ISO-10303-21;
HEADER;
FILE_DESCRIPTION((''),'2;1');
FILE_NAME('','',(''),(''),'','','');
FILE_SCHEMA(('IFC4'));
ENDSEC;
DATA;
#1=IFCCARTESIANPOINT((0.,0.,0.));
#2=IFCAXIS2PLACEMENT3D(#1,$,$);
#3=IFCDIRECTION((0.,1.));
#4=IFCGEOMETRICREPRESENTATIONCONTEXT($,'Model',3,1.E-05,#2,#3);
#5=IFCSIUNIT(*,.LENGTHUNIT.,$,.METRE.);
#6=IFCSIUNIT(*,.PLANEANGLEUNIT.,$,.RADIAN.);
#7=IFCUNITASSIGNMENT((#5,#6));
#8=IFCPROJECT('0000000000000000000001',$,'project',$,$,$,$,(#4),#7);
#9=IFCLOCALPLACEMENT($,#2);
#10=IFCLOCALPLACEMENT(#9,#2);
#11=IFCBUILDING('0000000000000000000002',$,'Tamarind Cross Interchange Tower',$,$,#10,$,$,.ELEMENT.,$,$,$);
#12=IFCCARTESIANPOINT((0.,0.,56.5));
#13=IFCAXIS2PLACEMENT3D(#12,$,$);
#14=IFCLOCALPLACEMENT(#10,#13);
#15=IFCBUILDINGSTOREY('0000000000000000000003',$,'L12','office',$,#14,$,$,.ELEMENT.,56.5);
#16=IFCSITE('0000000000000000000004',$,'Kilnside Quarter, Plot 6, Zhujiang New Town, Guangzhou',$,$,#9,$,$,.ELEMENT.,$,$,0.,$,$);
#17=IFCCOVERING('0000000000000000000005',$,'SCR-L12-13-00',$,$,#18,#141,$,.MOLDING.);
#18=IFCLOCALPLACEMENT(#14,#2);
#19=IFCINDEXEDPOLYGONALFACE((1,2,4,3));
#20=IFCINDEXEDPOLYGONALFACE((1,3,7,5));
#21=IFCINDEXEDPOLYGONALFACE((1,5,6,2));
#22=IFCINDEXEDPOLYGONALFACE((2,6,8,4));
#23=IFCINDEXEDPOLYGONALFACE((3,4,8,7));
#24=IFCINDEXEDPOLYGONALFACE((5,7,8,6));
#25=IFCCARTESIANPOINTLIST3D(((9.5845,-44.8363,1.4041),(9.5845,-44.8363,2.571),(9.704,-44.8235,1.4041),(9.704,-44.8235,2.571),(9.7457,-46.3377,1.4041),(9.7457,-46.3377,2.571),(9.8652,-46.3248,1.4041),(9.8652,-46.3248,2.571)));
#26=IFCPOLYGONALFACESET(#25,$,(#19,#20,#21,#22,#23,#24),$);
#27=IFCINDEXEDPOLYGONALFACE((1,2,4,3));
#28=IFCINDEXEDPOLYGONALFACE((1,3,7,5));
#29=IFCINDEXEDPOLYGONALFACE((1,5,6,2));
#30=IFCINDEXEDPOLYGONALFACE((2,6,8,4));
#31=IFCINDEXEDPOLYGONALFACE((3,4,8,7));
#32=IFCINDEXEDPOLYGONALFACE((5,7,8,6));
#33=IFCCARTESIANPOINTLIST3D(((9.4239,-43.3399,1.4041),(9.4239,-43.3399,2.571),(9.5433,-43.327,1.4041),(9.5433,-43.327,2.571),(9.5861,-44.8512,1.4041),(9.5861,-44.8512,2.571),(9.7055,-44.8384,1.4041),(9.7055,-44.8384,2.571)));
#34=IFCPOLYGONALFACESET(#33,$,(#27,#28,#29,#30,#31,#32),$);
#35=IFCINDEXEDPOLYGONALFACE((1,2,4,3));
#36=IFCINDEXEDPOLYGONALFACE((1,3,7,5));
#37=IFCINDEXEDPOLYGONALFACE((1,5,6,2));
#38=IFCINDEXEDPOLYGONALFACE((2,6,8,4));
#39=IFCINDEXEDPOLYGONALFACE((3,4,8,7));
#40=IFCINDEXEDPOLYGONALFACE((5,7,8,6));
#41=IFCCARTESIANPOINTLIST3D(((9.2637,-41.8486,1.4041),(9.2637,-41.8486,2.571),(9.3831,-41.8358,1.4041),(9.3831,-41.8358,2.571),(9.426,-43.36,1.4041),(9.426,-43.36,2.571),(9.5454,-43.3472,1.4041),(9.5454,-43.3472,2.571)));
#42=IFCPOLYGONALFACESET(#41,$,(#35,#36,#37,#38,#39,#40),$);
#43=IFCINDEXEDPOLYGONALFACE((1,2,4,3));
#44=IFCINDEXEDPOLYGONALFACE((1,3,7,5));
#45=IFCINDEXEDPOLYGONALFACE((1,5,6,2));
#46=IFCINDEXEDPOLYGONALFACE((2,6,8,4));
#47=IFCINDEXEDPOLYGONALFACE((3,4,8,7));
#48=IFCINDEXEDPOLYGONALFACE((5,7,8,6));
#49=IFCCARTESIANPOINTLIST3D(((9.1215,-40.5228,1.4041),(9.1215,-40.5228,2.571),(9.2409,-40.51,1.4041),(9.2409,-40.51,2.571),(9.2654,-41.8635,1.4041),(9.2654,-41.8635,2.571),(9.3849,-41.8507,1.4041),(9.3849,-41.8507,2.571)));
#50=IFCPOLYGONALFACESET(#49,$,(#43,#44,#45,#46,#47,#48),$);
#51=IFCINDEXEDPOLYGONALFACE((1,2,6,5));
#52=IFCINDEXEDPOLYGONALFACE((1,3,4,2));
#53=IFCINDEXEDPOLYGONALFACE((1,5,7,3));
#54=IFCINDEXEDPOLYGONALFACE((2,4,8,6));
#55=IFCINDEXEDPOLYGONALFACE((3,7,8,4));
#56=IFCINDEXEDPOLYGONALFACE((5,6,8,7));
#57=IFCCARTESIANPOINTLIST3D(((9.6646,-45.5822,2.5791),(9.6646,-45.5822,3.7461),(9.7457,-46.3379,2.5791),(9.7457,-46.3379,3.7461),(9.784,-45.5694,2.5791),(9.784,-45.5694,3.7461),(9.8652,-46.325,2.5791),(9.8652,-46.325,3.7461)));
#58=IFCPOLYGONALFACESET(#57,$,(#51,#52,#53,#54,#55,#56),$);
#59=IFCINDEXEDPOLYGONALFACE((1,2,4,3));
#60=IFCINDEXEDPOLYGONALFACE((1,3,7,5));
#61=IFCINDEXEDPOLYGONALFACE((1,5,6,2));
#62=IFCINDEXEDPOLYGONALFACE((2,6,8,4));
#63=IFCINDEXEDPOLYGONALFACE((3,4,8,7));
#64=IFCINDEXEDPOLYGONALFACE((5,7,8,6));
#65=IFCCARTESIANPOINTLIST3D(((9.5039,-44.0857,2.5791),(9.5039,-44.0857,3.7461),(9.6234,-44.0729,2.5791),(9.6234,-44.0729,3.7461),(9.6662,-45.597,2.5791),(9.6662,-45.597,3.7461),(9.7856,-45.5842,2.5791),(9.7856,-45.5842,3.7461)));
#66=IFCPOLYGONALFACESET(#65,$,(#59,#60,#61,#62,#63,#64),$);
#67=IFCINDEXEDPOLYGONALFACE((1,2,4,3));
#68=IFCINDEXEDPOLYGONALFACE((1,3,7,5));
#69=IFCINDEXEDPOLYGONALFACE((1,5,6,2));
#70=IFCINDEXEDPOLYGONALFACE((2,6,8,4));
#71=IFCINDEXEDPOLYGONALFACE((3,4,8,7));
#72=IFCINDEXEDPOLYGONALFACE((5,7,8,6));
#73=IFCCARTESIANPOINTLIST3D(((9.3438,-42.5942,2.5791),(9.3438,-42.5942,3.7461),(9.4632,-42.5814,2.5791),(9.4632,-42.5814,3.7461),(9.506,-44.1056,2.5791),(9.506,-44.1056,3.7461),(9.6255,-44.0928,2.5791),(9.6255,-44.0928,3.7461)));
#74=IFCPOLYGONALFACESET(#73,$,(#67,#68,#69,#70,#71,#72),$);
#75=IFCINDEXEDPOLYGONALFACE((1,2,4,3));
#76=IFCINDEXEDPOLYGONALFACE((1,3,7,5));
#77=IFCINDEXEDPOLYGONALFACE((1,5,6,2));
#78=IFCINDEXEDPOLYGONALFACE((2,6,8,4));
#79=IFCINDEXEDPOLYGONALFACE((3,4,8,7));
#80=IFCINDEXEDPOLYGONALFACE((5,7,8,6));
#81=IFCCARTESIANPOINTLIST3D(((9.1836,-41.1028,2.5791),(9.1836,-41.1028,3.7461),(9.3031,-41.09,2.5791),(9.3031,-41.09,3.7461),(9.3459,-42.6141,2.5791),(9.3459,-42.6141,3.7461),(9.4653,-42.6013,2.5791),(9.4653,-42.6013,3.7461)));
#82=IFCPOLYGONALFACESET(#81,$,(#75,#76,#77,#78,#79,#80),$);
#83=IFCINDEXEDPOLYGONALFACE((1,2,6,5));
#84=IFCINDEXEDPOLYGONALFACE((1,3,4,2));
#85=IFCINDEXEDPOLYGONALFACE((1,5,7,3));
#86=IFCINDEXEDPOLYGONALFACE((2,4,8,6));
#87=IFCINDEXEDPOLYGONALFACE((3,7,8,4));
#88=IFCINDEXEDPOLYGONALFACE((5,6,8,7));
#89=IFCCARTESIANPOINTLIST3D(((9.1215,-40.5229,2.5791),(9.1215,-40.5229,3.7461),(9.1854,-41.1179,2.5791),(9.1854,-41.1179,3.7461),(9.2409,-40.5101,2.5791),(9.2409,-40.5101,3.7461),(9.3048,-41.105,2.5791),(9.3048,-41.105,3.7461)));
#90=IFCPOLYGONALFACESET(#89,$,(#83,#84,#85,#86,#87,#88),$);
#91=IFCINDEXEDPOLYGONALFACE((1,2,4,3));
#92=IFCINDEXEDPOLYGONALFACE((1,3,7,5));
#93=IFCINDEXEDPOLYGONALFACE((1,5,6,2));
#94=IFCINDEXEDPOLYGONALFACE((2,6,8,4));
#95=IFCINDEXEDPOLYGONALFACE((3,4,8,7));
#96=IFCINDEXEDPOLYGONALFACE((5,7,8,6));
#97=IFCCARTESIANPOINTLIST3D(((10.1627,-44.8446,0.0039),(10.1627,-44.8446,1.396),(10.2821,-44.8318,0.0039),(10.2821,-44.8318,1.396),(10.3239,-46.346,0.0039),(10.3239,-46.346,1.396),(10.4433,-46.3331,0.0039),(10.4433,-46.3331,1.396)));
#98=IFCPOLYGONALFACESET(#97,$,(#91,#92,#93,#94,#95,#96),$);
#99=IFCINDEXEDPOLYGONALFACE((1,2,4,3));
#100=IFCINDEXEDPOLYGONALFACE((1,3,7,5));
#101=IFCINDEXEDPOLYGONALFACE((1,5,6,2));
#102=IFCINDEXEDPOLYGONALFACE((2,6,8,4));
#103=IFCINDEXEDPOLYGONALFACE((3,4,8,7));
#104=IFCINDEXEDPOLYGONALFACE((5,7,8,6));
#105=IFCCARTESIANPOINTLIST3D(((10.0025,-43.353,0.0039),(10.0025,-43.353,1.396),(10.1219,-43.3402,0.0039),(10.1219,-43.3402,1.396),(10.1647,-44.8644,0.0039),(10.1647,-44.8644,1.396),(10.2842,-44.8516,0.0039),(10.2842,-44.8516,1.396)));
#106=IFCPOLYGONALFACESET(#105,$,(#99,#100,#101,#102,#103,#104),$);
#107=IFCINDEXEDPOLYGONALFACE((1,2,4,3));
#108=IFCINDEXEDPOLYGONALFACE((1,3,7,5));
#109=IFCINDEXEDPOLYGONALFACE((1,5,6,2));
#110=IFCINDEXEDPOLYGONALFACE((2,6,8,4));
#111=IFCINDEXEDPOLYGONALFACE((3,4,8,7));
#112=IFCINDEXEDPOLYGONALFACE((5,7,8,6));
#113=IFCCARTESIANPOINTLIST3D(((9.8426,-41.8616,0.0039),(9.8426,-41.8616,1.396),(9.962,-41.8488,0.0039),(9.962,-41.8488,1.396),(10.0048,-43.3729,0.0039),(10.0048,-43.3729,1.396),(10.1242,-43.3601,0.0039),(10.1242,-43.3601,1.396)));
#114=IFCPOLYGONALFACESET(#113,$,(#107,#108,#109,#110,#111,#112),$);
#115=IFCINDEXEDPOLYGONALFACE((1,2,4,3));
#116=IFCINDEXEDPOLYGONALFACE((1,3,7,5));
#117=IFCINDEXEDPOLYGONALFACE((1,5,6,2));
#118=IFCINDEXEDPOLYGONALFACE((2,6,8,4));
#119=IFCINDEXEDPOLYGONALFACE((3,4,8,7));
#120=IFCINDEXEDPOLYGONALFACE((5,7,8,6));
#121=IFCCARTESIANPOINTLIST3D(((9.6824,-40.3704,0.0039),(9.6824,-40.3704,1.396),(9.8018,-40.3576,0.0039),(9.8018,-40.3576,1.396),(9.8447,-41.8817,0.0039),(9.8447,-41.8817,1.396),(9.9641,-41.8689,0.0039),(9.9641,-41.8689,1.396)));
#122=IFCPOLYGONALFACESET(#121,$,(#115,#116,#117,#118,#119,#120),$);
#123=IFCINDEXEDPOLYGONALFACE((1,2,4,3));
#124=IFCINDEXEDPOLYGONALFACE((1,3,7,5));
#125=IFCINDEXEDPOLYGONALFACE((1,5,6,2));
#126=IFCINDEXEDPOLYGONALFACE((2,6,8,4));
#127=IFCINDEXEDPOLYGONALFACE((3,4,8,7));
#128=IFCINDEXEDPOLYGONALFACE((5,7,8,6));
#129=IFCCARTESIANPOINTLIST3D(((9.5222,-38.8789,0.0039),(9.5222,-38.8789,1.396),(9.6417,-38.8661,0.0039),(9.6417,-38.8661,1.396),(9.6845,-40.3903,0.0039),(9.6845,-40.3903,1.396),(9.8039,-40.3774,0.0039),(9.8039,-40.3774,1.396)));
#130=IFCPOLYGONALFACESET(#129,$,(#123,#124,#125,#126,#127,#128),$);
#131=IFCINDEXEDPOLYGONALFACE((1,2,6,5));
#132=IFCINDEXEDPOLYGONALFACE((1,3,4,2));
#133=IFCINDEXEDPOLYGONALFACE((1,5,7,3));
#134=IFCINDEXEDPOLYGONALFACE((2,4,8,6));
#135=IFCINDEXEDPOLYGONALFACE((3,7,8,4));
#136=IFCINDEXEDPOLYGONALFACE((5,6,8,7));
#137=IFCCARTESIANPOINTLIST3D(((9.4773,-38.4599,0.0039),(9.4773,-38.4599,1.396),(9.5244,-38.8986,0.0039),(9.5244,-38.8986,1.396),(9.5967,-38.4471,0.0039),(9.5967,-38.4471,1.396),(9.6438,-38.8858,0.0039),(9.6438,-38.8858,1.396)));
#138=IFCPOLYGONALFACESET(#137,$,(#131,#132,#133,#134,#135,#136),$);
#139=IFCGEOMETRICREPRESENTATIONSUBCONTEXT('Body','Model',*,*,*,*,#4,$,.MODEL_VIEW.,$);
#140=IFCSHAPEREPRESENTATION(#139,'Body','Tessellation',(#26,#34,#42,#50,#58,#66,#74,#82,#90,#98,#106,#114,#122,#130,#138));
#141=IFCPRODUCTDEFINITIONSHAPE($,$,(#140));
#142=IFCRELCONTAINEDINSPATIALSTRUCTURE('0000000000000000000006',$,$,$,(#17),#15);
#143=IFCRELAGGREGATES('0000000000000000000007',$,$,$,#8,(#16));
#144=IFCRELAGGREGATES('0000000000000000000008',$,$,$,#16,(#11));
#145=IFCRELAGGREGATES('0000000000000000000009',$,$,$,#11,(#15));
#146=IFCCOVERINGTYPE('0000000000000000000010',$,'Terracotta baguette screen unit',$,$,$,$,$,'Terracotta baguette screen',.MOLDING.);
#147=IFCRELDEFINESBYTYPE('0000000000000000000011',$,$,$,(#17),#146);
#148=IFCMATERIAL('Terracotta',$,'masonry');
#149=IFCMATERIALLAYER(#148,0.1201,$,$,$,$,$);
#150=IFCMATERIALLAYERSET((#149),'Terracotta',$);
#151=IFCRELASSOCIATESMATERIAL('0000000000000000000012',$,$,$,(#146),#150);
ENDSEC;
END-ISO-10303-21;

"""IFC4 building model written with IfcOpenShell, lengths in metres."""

from ifc_helpers import new_model, si_unit, direction, frame, origin, origin_2d, place, context, subcontext, project, spatial, rectangle, extrude, material, layer, layer_set, type_object, element, save


model = new_model("IFC4")

# Units and contexts
model_context = context("Model", 3, precision=1e-05, world=origin(), true_north=direction((0.0, 1.0)))
body_context = subcontext(model_context, "Body", "Model", "MODEL_VIEW")
ifc_project = project(units=[si_unit("LENGTHUNIT", "METRE"), si_unit("PLANEANGLEUNIT", "RADIAN")], contexts=[model_context])

# Site, building, storey
site_placement = place(None, origin())
site = spatial("IfcSite", under=ifc_project, at=site_placement, Name="Kilnside Quarter, Plot 6, Zhujiang New Town, Guangzhou", CompositionType="ELEMENT", RefElevation=0.0)
building_placement = place(site_placement, origin())
building = spatial("IfcBuilding", under=site, at=building_placement, Name="Tamarind Cross Interchange Tower", CompositionType="ELEMENT")
storey_placement = place(building_placement, frame((0.0, 0.0, 56.5)))
storey = spatial("IfcBuildingStorey", under=building, at=storey_placement, Name="L12", Description="office", CompositionType="ELEMENT", Elevation=56.5)

# Covering
ifc_material_1 = material(Name="Terracotta", Category="masonry")
ifc_layer_1 = layer(ifc_material_1, 0.1201)
ifc_layer_set_1 = layer_set([ifc_layer_1], Name="Terracotta")
covering_type = type_object("IfcCoveringType", Name="Terracotta baguette screen unit", ElementType="Terracotta baguette screen", PredefinedType="MOLDING", material=ifc_layer_set_1)
covering_1_placement = place(storey_placement, origin())
element("IfcCovering", 1, at=covering_1_placement, inside=storey, type_object=covering_type, Name="SCR-L12-13-00", PredefinedType="MOLDING", context=body_context, shape_type="SweptSolid", body=[
    extrude(rectangle(XDim=1.51, YDim=0.1201, at=origin_2d()), frame((9.7249, -45.5806, 1.4041), z_axis=(0.0, 0.0, 1.0), x_axis=(-0.106744, 0.994287, 0.0)), (0.0, 0.0, 1.0), 1.167),
    extrude(rectangle(XDim=1.52, YDim=0.1201, at=origin_2d()), frame((9.5647, -44.0891, 1.4041), z_axis=(0.0, 0.0, 1.0), x_axis=(-0.106744, 0.994287, 0.0)), (0.0, 0.0, 1.0), 1.167),
    extrude(rectangle(XDim=1.52, YDim=0.1201, at=origin_2d()), frame((9.4045, -42.5979, 1.4041), z_axis=(0.0, 0.0, 1.0), x_axis=(-0.106744, 0.994287, 0.0)), (0.0, 0.0, 1.0), 1.167),
    extrude(rectangle(XDim=1.3484, YDim=0.1201, at=origin_2d()), frame((9.2532, -41.1868, 1.4041), z_axis=(0.0, 0.0, 1.0), x_axis=(-0.106744, 0.994287, 0.0)), (0.0, 0.0, 1.0), 1.167),
    extrude(rectangle(XDim=0.76, YDim=0.1201, at=origin_2d()), frame((9.7649, -45.9536, 2.5791), z_axis=(0.0, 0.0, 1.0), x_axis=(-0.106744, 0.994287, 0.0)), (0.0, 0.0, 1.0), 1.167),
    extrude(rectangle(XDim=1.52, YDim=0.1201, at=origin_2d()), frame((9.6448, -44.835, 2.5791), z_axis=(0.0, 0.0, 1.0), x_axis=(-0.106744, 0.994287, 0.0)), (0.0, 0.0, 1.0), 1.167),
    extrude(rectangle(XDim=1.52, YDim=0.1201, at=origin_2d()), frame((9.4846, -43.3435, 2.5791), z_axis=(0.0, 0.0, 1.0), x_axis=(-0.106744, 0.994287, 0.0)), (0.0, 0.0, 1.0), 1.167),
    extrude(rectangle(XDim=1.52, YDim=0.1201, at=origin_2d()), frame((9.3245, -41.8521, 2.5791), z_axis=(0.0, 0.0, 1.0), x_axis=(-0.106744, 0.994287, 0.0)), (0.0, 0.0, 1.0), 1.167),
    extrude(rectangle(XDim=0.5984, YDim=0.1201, at=origin_2d()), frame((9.2131, -40.814, 2.5791), z_axis=(0.0, 0.0, 1.0), x_axis=(-0.106744, 0.994287, 0.0)), (0.0, 0.0, 1.0), 1.167),
    extrude(rectangle(XDim=1.51, YDim=0.1201, at=origin_2d()), frame((10.303, -45.5889, 0.0039), z_axis=(0.0, 0.0, 1.0), x_axis=(-0.106744, 0.994287, 0.0)), (0.0, 0.0, 1.0), 1.3921),
    extrude(rectangle(XDim=1.52, YDim=0.1201, at=origin_2d()), frame((10.1433, -44.1023, 0.0039), z_axis=(0.0, 0.0, 1.0), x_axis=(-0.106744, 0.994287, 0.0)), (0.0, 0.0, 1.0), 1.3921),
    extrude(rectangle(XDim=1.52, YDim=0.1201, at=origin_2d()), frame((9.9834, -42.6108, 0.0039), z_axis=(0.0, 0.0, 1.0), x_axis=(-0.106744, 0.994287, 0.0)), (0.0, 0.0, 1.0), 1.3921),
    extrude(rectangle(XDim=1.52, YDim=0.1201, at=origin_2d()), frame((9.8232, -41.1196, 0.0039), z_axis=(0.0, 0.0, 1.0), x_axis=(-0.106744, 0.994287, 0.0)), (0.0, 0.0, 1.0), 1.3921),
    extrude(rectangle(XDim=1.52, YDim=0.1201, at=origin_2d()), frame((9.6631, -39.6282, 0.0039), z_axis=(0.0, 0.0, 1.0), x_axis=(-0.106744, 0.994287, 0.0)), (0.0, 0.0, 1.0), 1.3921),
    extrude(rectangle(XDim=0.4412, YDim=0.1201, at=origin_2d()), frame((9.5605, -38.6729, 0.0039), z_axis=(0.0, 0.0, 1.0), x_axis=(-0.106744, 0.994287, 0.0)), (0.0, 0.0, 1.0), 1.3921),
])

save(model, "model.ifc")
